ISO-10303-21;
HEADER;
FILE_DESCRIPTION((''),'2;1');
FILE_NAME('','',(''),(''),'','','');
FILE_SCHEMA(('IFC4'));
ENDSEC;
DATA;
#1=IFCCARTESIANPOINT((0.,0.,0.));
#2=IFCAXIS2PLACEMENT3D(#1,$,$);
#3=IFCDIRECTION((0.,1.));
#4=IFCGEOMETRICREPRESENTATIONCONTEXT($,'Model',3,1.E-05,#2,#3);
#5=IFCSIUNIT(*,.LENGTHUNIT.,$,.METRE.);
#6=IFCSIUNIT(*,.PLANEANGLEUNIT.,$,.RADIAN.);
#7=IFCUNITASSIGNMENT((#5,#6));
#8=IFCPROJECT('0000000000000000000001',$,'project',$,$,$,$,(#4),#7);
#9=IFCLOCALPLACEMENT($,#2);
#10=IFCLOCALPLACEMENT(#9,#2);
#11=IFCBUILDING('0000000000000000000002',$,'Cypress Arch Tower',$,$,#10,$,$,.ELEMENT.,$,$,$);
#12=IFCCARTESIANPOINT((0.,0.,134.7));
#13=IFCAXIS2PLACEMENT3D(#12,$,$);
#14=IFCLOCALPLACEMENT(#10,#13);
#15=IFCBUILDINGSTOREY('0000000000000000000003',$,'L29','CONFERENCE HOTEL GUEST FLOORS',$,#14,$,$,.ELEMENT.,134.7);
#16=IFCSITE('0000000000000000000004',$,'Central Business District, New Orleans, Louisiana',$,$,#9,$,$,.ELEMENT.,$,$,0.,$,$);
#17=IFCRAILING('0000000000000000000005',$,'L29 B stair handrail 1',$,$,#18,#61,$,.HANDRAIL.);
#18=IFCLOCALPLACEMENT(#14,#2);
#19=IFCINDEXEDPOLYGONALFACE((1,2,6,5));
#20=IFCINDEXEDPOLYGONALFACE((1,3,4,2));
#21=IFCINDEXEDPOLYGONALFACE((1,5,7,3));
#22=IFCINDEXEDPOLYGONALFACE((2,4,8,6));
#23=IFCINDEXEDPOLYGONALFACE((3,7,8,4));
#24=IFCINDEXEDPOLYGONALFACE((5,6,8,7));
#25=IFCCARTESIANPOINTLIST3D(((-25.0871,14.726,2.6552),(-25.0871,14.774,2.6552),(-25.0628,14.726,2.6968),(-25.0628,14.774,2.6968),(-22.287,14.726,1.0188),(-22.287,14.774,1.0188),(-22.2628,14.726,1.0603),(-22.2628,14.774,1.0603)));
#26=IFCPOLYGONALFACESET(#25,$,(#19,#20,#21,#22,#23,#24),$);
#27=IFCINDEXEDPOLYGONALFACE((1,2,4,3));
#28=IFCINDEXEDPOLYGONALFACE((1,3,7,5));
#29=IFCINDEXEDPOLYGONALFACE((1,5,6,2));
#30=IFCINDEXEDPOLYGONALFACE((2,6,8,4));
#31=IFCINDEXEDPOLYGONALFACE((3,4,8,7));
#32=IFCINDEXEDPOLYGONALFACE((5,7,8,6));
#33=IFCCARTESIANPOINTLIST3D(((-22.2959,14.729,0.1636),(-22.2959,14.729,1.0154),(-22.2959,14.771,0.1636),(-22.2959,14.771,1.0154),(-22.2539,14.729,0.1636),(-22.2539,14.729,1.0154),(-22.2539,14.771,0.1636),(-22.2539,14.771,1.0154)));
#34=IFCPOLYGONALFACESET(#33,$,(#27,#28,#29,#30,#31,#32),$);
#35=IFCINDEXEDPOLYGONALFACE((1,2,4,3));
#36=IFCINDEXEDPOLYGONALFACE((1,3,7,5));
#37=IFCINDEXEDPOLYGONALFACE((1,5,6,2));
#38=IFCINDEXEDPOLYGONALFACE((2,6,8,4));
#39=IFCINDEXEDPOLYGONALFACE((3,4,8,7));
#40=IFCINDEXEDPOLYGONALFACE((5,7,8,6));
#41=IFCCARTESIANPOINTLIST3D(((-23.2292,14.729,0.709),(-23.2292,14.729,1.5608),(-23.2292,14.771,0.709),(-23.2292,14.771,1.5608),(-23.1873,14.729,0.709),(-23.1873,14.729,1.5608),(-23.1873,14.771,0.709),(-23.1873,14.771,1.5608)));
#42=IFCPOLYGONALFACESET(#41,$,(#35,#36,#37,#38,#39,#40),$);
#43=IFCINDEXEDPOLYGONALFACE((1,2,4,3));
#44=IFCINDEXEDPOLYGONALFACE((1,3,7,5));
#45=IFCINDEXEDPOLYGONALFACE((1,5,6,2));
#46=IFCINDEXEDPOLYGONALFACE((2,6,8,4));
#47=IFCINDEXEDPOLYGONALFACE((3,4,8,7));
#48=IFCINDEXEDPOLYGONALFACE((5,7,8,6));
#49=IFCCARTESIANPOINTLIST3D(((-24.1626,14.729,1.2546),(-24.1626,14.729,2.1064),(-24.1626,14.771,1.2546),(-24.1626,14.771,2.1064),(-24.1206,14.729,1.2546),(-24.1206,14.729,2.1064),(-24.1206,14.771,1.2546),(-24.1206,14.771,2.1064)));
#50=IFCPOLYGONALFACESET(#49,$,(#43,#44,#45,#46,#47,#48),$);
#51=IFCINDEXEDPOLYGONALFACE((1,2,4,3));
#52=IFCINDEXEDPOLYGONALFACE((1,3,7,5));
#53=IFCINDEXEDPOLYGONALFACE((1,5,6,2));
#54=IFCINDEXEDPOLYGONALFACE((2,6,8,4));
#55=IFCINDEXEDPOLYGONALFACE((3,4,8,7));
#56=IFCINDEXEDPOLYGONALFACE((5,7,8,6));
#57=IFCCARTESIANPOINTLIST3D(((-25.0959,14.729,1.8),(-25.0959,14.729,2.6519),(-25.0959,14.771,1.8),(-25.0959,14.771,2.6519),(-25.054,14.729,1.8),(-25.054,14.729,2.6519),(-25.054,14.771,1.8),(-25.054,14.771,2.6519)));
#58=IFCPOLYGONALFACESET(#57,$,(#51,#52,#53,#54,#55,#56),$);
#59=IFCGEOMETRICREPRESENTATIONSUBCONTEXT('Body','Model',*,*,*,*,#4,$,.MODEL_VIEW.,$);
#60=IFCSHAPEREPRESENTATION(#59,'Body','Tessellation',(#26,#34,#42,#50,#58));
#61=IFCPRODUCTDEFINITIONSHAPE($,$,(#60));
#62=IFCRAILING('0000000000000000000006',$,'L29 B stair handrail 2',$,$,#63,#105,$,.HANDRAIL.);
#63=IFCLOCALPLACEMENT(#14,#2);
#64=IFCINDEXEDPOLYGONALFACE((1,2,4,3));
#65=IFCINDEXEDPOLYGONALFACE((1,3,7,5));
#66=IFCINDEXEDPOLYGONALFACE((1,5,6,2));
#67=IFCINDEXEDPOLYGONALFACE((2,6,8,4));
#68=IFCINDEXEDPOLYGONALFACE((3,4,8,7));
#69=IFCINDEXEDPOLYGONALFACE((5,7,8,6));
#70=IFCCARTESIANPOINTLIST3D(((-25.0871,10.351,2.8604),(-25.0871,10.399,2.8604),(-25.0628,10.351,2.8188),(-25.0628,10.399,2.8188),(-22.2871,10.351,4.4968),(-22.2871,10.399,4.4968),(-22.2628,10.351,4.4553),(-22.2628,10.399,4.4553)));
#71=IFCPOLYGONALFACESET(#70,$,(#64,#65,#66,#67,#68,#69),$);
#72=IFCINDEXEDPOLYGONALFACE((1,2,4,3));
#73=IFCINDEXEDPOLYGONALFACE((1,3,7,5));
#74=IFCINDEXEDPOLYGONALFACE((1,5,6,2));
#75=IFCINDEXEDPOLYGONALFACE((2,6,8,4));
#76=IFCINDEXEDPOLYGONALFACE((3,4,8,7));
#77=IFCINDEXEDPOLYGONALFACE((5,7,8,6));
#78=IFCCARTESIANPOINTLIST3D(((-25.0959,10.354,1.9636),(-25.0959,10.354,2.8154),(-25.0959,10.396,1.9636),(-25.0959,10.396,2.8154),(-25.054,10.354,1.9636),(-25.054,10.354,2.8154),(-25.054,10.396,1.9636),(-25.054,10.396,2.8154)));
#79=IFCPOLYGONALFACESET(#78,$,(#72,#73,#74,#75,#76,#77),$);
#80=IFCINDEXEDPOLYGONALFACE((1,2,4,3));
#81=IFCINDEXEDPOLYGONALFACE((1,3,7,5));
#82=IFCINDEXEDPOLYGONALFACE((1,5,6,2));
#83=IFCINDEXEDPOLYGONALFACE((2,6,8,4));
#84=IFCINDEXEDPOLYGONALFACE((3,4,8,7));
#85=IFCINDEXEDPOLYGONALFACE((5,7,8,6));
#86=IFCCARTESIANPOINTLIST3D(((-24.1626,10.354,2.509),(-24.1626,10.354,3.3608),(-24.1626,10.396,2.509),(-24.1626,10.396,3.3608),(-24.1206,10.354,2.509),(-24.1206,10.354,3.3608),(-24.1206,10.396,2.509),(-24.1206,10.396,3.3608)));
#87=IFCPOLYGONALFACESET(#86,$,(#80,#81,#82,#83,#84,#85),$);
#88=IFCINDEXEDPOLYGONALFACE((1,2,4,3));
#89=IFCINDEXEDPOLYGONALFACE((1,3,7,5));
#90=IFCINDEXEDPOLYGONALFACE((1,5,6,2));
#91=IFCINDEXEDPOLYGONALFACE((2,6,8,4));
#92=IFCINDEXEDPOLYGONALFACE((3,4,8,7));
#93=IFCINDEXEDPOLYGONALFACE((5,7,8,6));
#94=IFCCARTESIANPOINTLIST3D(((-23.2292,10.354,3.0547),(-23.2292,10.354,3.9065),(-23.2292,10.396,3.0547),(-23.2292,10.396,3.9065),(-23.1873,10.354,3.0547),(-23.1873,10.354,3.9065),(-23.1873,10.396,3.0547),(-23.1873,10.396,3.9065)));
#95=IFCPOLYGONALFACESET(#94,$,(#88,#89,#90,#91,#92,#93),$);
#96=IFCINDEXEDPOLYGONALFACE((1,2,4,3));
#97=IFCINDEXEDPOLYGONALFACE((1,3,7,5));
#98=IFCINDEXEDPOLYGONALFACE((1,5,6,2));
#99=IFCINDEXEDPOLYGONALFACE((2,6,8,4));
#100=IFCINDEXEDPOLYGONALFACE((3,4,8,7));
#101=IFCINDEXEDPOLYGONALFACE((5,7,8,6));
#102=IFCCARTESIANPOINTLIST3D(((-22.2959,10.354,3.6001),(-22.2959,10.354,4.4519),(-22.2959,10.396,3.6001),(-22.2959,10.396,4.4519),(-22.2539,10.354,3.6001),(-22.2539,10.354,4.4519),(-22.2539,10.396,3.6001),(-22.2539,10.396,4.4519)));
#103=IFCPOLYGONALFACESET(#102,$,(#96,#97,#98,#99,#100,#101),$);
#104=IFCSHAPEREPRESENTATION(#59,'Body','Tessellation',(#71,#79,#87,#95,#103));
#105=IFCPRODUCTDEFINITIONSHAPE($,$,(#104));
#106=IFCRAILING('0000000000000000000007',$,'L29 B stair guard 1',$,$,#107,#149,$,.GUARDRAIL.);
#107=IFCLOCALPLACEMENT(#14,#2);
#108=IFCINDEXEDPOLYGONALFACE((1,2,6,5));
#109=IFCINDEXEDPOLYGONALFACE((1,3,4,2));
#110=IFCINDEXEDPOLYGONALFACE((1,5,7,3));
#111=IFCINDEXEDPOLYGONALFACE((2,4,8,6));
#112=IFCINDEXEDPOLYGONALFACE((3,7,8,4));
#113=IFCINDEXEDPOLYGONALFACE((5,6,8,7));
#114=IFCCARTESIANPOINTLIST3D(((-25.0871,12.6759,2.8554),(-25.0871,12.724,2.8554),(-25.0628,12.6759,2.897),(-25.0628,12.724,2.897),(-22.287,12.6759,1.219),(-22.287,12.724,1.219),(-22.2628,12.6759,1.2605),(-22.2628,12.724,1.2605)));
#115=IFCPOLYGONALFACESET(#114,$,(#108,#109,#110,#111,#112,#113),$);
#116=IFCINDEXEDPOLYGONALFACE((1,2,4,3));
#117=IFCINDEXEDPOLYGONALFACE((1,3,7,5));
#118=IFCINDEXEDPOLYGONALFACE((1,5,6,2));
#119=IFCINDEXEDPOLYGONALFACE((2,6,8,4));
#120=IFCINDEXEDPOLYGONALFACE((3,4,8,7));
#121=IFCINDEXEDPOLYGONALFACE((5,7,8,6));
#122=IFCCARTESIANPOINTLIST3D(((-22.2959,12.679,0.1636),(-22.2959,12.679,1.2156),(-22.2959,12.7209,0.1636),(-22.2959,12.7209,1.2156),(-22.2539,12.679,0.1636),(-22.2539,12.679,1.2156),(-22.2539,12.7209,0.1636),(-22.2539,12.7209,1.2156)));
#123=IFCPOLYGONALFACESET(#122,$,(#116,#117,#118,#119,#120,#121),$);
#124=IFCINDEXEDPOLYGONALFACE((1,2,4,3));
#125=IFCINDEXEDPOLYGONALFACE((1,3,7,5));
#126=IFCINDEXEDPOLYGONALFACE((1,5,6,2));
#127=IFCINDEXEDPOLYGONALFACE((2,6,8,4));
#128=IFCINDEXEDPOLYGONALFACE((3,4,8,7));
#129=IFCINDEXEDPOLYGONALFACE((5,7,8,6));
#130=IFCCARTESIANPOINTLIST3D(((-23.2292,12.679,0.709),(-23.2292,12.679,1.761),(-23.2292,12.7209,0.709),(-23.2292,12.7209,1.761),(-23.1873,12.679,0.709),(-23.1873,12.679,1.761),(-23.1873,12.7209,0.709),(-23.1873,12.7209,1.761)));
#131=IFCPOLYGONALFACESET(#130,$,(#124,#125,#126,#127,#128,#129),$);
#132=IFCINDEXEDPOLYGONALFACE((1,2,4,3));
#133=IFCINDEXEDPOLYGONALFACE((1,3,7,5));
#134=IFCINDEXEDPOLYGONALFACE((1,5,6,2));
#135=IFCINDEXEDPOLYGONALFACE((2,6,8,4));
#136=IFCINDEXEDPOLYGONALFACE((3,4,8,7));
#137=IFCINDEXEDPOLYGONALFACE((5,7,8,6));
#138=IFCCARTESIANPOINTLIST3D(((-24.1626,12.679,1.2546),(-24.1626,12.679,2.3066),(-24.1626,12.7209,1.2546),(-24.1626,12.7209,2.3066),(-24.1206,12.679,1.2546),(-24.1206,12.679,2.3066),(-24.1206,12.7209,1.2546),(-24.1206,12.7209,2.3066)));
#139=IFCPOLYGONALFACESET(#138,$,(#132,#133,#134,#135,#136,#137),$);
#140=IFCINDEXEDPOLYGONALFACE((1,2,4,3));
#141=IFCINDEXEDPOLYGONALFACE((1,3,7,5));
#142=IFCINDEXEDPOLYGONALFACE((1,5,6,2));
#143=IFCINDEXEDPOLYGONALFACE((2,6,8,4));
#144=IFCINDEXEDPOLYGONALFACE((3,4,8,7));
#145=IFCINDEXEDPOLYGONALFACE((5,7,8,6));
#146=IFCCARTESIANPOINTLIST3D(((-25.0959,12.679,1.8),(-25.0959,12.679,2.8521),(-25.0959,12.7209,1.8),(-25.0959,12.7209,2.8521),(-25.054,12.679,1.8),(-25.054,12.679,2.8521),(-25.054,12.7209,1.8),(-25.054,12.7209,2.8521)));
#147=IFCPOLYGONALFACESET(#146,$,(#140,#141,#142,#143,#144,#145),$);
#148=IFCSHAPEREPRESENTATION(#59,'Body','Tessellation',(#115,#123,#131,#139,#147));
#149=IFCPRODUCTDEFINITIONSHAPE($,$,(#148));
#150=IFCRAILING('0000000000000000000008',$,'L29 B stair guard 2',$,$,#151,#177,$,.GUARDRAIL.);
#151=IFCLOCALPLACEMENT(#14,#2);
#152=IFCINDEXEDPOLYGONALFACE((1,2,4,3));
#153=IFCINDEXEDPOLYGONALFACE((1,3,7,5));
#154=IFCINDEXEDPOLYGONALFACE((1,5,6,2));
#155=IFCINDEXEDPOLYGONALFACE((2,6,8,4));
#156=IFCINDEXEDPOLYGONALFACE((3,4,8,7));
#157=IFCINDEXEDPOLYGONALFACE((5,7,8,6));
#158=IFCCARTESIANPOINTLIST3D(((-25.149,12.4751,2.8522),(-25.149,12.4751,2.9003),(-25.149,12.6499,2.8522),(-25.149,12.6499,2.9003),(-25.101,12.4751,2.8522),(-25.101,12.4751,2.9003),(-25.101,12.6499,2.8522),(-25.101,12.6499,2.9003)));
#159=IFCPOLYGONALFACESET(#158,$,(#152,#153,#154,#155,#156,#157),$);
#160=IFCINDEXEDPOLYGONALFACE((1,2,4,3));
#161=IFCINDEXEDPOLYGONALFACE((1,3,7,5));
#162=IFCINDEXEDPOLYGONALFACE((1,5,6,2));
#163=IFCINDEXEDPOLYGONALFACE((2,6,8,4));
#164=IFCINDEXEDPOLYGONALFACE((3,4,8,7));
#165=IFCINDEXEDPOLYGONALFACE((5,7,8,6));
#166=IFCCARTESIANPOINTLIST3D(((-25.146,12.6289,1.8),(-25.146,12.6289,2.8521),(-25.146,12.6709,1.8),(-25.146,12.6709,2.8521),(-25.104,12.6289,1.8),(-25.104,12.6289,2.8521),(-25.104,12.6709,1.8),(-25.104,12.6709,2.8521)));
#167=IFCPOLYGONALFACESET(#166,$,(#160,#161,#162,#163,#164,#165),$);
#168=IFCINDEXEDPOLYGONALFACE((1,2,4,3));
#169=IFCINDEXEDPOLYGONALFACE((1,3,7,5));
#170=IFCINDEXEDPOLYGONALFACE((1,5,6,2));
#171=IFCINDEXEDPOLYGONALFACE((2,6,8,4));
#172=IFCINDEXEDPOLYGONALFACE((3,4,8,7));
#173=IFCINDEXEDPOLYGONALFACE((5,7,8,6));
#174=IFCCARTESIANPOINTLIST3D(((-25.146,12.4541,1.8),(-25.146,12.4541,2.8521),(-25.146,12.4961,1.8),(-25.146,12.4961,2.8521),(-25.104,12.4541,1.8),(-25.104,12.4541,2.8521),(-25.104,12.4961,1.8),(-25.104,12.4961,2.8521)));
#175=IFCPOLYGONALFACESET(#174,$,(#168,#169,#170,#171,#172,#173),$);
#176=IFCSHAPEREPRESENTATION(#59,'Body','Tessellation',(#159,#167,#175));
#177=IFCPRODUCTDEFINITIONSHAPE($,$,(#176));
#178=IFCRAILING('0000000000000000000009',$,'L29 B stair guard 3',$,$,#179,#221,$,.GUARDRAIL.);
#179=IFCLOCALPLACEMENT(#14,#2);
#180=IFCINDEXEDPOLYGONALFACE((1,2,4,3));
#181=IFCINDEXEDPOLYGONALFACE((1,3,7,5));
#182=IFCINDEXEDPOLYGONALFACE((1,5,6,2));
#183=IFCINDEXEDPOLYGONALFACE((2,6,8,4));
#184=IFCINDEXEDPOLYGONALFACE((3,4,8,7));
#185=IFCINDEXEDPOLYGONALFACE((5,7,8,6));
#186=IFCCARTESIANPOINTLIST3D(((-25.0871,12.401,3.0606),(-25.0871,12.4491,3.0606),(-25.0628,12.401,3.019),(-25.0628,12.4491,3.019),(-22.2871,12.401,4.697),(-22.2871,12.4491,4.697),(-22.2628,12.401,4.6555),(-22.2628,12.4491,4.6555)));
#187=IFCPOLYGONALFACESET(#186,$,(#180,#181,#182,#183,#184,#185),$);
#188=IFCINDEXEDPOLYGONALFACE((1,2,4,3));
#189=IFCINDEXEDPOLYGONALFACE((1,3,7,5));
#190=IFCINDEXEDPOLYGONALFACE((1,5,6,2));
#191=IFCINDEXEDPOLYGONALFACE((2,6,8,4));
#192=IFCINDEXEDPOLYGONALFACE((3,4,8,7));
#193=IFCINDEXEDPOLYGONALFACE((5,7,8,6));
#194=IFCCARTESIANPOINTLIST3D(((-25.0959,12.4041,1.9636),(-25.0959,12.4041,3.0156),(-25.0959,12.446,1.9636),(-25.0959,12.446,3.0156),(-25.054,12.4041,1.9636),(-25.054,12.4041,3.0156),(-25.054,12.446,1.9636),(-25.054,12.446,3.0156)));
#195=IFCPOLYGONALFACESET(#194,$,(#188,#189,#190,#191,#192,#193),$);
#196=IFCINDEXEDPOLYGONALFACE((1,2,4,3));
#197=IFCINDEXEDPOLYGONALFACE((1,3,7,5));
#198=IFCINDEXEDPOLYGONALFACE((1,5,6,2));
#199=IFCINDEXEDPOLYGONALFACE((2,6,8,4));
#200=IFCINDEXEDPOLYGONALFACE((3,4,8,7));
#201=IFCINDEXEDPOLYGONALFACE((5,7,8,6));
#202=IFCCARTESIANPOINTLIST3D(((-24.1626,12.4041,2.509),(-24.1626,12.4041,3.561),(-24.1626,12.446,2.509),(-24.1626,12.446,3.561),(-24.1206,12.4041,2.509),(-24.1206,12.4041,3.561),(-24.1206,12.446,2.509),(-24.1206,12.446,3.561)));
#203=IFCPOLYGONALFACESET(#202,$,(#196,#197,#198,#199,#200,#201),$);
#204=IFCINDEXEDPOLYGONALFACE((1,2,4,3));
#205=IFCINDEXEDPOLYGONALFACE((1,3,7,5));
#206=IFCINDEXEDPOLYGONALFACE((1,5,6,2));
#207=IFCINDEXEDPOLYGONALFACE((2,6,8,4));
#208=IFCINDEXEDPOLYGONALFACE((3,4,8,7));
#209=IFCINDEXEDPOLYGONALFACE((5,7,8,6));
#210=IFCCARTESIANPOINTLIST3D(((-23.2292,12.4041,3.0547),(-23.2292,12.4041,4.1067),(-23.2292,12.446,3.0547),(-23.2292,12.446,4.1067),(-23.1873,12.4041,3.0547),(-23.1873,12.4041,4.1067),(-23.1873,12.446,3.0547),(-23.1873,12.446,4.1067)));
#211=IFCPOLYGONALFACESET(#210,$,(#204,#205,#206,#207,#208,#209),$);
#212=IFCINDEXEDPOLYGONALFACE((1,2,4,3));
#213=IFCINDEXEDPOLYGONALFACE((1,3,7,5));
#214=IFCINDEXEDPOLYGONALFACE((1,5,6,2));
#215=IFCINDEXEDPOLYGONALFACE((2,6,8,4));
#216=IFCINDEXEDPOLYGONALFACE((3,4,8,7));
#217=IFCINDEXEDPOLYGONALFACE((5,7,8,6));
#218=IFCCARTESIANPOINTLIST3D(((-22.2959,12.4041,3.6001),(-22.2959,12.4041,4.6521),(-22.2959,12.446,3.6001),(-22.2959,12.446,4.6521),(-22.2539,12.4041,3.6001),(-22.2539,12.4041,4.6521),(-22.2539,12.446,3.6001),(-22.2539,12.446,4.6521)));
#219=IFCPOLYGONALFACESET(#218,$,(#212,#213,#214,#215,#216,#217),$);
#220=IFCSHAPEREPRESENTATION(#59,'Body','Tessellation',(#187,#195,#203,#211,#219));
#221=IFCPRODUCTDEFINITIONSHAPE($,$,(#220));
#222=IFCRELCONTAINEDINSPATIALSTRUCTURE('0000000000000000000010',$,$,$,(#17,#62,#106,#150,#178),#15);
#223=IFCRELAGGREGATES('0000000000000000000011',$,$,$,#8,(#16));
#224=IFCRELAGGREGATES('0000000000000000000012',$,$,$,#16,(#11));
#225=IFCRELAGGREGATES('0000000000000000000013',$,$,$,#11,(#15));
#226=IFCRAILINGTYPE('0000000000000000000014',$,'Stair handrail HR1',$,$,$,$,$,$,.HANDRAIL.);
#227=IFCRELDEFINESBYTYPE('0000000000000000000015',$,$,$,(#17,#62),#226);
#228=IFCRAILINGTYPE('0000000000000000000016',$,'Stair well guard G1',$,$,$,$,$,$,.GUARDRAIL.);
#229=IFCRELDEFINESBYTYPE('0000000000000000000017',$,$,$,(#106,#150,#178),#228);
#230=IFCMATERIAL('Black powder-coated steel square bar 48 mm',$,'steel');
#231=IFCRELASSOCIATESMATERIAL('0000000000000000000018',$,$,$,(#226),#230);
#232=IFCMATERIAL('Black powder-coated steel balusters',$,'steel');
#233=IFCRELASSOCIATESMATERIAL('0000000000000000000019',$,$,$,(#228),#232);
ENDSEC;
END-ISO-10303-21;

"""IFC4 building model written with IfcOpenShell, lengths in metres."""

from ifc_helpers import new_model, si_unit, direction, frame, origin, origin_2d, place, context, subcontext, project, spatial, rectangle, extrude, material, type_object, element, save


model = new_model("IFC4")

# Units and contexts
model_context = context("Model", 3, precision=1e-05, world=origin(), true_north=direction((0.0, 1.0)))
body_context = subcontext(model_context, "Body", "Model", "MODEL_VIEW")
ifc_project = project(units=[si_unit("LENGTHUNIT", "METRE"), si_unit("PLANEANGLEUNIT", "RADIAN")], contexts=[model_context])

# Site, building, storey
site_placement = place(None, origin())
site = spatial("IfcSite", under=ifc_project, at=site_placement, Name="Central Business District, New Orleans, Louisiana", CompositionType="ELEMENT", RefElevation=0.0)
building_placement = place(site_placement, origin())
building = spatial("IfcBuilding", under=site, at=building_placement, Name="Cypress Arch Tower", CompositionType="ELEMENT")
storey_placement = place(building_placement, frame((0.0, 0.0, 134.7)))
storey = spatial("IfcBuildingStorey", under=building, at=storey_placement, Name="L29", Description="CONFERENCE HOTEL GUEST FLOORS", CompositionType="ELEMENT", Elevation=134.7)

# Railings
ifc_material_1 = material(Name="Black powder-coated steel square bar 48 mm", Category="steel")
railing_type_1 = type_object("IfcRailingType", Name="Stair handrail HR1", PredefinedType="HANDRAIL", material=ifc_material_1)
railing_1_placement = place(storey_placement, frame((-22.2749, 14.75, 0.1636)))
element("IfcRailing", 1, at=railing_1_placement, inside=storey, type_object=railing_type_1, Name="L29 B stair handrail 1", PredefinedType="HANDRAIL", context=body_context, shape_type="SweptSolid", body=[
    extrude(rectangle(XDim=0.0481, YDim=0.0481, at=origin_2d()), frame((0.0, 0.0, 0.876), z_axis=(-0.863361, 0.0, 0.504587), x_axis=(0.0, -1.0, 0.0)), (0.0, 0.0, 1.0), 3.2432),
    extrude(rectangle(XDim=0.042, YDim=0.042, at=origin_2d()), origin(), (0.0, 0.0, 1.0), 0.8518),
    extrude(rectangle(XDim=0.042, YDim=0.042, at=origin_2d()), frame((-0.9333, 0.0, 0.5454)), (0.0, 0.0, 1.0), 0.8518),
    extrude(rectangle(XDim=0.042, YDim=0.042, at=origin_2d()), frame((-1.8667, 0.0, 1.0911)), (0.0, 0.0, 1.0), 0.8518),
    extrude(rectangle(XDim=0.042, YDim=0.042, at=origin_2d()), frame((-2.8, 0.0, 1.6365)), (0.0, 0.0, 1.0), 0.8518),
])
railing_2_placement = place(storey_placement, frame((-25.075, 10.375, 1.9636)))
element("IfcRailing", 2, at=railing_2_placement, inside=storey, type_object=railing_type_1, Name="L29 B stair handrail 2", PredefinedType="HANDRAIL", context=body_context, shape_type="SweptSolid", body=[
    extrude(rectangle(XDim=0.0481, YDim=0.0481, at=origin_2d()), frame((0.0, 0.0, 0.876), z_axis=(0.863361, 0.0, 0.504587), x_axis=(0.0, 1.0, 0.0)), (0.0, 0.0, 1.0), 3.2432),
    extrude(rectangle(XDim=0.042, YDim=0.042, at=origin_2d()), origin(), (0.0, 0.0, 1.0), 0.8518),
    extrude(rectangle(XDim=0.042, YDim=0.042, at=origin_2d()), frame((0.9333, 0.0, 0.5454)), (0.0, 0.0, 1.0), 0.8518),
    extrude(rectangle(XDim=0.042, YDim=0.042, at=origin_2d()), frame((1.8667, 0.0, 1.0911)), (0.0, 0.0, 1.0), 0.8518),
    extrude(rectangle(XDim=0.042, YDim=0.042, at=origin_2d()), frame((2.8, 0.0, 1.6365)), (0.0, 0.0, 1.0), 0.8518),
])
ifc_material_2 = material(Name="Black powder-coated steel balusters", Category="steel")
railing_type_2 = type_object("IfcRailingType", Name="Stair well guard G1", PredefinedType="GUARDRAIL", material=ifc_material_2)
railing_3_placement = place(storey_placement, frame((-22.2749, 12.7, 0.1636)))
element("IfcRailing", 3, at=railing_3_placement, inside=storey, type_object=railing_type_2, Name="L29 B stair guard 1", PredefinedType="GUARDRAIL", context=body_context, shape_type="SweptSolid", body=[
    extrude(rectangle(XDim=0.0481, YDim=0.0481, at=origin_2d()), frame((0.0, 0.0, 1.0762), z_axis=(-0.863361, 0.0, 0.504587), x_axis=(0.0, -1.0, 0.0)), (0.0, 0.0, 1.0), 3.2432),
    extrude(rectangle(XDim=0.042, YDim=0.042, at=origin_2d()), origin(), (0.0, 0.0, 1.0), 1.052),
    extrude(rectangle(XDim=0.042, YDim=0.042, at=origin_2d()), frame((-0.9333, 0.0, 0.5454)), (0.0, 0.0, 1.0), 1.052),
    extrude(rectangle(XDim=0.042, YDim=0.042, at=origin_2d()), frame((-1.8667, 0.0, 1.0911)), (0.0, 0.0, 1.0), 1.052),
    extrude(rectangle(XDim=0.042, YDim=0.042, at=origin_2d()), frame((-2.8, 0.0, 1.6365)), (0.0, 0.0, 1.0), 1.052),
])
railing_4_placement = place(storey_placement, frame((-25.125, 12.6499, 1.8)))
element("IfcRailing", 4, at=railing_4_placement, inside=storey, type_object=railing_type_2, Name="L29 B stair guard 2", PredefinedType="GUARDRAIL", context=body_context, shape_type="SweptSolid", body=[
    extrude(rectangle(XDim=0.0481, YDim=0.0481, at=origin_2d()), frame((0.0, 0.0, 1.0762), z_axis=(0.0, -1.0, 0.0), x_axis=(1.0, 0.0, 0.0)), (0.0, 0.0, 1.0), 0.1748),
    extrude(rectangle(XDim=0.042, YDim=0.042, at=origin_2d()), origin(), (0.0, 0.0, 1.0), 1.052),
    extrude(rectangle(XDim=0.042, YDim=0.042, at=origin_2d()), frame((0.0, -0.1748, 0.0)), (0.0, 0.0, 1.0), 1.052),
])
railing_5_placement = place(storey_placement, frame((-25.075, 12.425, 1.9636)))
element("IfcRailing", 5, at=railing_5_placement, inside=storey, type_object=railing_type_2, Name="L29 B stair guard 3", PredefinedType="GUARDRAIL", context=body_context, shape_type="SweptSolid", body=[
    extrude(rectangle(XDim=0.0481, YDim=0.0481, at=origin_2d()), frame((0.0, 0.0, 1.0762), z_axis=(0.863361, 0.0, 0.504587), x_axis=(0.0, 1.0, 0.0)), (0.0, 0.0, 1.0), 3.2432),
    extrude(rectangle(XDim=0.042, YDim=0.042, at=origin_2d()), origin(), (0.0, 0.0, 1.0), 1.052),
    extrude(rectangle(XDim=0.042, YDim=0.042, at=origin_2d()), frame((0.9333, 0.0, 0.5454)), (0.0, 0.0, 1.0), 1.052),
    extrude(rectangle(XDim=0.042, YDim=0.042, at=origin_2d()), frame((1.8667, 0.0, 1.0911)), (0.0, 0.0, 1.0), 1.052),
    extrude(rectangle(XDim=0.042, YDim=0.042, at=origin_2d()), frame((2.8, 0.0, 1.6365)), (0.0, 0.0, 1.0), 1.052),
])

save(model, "model.ifc")
